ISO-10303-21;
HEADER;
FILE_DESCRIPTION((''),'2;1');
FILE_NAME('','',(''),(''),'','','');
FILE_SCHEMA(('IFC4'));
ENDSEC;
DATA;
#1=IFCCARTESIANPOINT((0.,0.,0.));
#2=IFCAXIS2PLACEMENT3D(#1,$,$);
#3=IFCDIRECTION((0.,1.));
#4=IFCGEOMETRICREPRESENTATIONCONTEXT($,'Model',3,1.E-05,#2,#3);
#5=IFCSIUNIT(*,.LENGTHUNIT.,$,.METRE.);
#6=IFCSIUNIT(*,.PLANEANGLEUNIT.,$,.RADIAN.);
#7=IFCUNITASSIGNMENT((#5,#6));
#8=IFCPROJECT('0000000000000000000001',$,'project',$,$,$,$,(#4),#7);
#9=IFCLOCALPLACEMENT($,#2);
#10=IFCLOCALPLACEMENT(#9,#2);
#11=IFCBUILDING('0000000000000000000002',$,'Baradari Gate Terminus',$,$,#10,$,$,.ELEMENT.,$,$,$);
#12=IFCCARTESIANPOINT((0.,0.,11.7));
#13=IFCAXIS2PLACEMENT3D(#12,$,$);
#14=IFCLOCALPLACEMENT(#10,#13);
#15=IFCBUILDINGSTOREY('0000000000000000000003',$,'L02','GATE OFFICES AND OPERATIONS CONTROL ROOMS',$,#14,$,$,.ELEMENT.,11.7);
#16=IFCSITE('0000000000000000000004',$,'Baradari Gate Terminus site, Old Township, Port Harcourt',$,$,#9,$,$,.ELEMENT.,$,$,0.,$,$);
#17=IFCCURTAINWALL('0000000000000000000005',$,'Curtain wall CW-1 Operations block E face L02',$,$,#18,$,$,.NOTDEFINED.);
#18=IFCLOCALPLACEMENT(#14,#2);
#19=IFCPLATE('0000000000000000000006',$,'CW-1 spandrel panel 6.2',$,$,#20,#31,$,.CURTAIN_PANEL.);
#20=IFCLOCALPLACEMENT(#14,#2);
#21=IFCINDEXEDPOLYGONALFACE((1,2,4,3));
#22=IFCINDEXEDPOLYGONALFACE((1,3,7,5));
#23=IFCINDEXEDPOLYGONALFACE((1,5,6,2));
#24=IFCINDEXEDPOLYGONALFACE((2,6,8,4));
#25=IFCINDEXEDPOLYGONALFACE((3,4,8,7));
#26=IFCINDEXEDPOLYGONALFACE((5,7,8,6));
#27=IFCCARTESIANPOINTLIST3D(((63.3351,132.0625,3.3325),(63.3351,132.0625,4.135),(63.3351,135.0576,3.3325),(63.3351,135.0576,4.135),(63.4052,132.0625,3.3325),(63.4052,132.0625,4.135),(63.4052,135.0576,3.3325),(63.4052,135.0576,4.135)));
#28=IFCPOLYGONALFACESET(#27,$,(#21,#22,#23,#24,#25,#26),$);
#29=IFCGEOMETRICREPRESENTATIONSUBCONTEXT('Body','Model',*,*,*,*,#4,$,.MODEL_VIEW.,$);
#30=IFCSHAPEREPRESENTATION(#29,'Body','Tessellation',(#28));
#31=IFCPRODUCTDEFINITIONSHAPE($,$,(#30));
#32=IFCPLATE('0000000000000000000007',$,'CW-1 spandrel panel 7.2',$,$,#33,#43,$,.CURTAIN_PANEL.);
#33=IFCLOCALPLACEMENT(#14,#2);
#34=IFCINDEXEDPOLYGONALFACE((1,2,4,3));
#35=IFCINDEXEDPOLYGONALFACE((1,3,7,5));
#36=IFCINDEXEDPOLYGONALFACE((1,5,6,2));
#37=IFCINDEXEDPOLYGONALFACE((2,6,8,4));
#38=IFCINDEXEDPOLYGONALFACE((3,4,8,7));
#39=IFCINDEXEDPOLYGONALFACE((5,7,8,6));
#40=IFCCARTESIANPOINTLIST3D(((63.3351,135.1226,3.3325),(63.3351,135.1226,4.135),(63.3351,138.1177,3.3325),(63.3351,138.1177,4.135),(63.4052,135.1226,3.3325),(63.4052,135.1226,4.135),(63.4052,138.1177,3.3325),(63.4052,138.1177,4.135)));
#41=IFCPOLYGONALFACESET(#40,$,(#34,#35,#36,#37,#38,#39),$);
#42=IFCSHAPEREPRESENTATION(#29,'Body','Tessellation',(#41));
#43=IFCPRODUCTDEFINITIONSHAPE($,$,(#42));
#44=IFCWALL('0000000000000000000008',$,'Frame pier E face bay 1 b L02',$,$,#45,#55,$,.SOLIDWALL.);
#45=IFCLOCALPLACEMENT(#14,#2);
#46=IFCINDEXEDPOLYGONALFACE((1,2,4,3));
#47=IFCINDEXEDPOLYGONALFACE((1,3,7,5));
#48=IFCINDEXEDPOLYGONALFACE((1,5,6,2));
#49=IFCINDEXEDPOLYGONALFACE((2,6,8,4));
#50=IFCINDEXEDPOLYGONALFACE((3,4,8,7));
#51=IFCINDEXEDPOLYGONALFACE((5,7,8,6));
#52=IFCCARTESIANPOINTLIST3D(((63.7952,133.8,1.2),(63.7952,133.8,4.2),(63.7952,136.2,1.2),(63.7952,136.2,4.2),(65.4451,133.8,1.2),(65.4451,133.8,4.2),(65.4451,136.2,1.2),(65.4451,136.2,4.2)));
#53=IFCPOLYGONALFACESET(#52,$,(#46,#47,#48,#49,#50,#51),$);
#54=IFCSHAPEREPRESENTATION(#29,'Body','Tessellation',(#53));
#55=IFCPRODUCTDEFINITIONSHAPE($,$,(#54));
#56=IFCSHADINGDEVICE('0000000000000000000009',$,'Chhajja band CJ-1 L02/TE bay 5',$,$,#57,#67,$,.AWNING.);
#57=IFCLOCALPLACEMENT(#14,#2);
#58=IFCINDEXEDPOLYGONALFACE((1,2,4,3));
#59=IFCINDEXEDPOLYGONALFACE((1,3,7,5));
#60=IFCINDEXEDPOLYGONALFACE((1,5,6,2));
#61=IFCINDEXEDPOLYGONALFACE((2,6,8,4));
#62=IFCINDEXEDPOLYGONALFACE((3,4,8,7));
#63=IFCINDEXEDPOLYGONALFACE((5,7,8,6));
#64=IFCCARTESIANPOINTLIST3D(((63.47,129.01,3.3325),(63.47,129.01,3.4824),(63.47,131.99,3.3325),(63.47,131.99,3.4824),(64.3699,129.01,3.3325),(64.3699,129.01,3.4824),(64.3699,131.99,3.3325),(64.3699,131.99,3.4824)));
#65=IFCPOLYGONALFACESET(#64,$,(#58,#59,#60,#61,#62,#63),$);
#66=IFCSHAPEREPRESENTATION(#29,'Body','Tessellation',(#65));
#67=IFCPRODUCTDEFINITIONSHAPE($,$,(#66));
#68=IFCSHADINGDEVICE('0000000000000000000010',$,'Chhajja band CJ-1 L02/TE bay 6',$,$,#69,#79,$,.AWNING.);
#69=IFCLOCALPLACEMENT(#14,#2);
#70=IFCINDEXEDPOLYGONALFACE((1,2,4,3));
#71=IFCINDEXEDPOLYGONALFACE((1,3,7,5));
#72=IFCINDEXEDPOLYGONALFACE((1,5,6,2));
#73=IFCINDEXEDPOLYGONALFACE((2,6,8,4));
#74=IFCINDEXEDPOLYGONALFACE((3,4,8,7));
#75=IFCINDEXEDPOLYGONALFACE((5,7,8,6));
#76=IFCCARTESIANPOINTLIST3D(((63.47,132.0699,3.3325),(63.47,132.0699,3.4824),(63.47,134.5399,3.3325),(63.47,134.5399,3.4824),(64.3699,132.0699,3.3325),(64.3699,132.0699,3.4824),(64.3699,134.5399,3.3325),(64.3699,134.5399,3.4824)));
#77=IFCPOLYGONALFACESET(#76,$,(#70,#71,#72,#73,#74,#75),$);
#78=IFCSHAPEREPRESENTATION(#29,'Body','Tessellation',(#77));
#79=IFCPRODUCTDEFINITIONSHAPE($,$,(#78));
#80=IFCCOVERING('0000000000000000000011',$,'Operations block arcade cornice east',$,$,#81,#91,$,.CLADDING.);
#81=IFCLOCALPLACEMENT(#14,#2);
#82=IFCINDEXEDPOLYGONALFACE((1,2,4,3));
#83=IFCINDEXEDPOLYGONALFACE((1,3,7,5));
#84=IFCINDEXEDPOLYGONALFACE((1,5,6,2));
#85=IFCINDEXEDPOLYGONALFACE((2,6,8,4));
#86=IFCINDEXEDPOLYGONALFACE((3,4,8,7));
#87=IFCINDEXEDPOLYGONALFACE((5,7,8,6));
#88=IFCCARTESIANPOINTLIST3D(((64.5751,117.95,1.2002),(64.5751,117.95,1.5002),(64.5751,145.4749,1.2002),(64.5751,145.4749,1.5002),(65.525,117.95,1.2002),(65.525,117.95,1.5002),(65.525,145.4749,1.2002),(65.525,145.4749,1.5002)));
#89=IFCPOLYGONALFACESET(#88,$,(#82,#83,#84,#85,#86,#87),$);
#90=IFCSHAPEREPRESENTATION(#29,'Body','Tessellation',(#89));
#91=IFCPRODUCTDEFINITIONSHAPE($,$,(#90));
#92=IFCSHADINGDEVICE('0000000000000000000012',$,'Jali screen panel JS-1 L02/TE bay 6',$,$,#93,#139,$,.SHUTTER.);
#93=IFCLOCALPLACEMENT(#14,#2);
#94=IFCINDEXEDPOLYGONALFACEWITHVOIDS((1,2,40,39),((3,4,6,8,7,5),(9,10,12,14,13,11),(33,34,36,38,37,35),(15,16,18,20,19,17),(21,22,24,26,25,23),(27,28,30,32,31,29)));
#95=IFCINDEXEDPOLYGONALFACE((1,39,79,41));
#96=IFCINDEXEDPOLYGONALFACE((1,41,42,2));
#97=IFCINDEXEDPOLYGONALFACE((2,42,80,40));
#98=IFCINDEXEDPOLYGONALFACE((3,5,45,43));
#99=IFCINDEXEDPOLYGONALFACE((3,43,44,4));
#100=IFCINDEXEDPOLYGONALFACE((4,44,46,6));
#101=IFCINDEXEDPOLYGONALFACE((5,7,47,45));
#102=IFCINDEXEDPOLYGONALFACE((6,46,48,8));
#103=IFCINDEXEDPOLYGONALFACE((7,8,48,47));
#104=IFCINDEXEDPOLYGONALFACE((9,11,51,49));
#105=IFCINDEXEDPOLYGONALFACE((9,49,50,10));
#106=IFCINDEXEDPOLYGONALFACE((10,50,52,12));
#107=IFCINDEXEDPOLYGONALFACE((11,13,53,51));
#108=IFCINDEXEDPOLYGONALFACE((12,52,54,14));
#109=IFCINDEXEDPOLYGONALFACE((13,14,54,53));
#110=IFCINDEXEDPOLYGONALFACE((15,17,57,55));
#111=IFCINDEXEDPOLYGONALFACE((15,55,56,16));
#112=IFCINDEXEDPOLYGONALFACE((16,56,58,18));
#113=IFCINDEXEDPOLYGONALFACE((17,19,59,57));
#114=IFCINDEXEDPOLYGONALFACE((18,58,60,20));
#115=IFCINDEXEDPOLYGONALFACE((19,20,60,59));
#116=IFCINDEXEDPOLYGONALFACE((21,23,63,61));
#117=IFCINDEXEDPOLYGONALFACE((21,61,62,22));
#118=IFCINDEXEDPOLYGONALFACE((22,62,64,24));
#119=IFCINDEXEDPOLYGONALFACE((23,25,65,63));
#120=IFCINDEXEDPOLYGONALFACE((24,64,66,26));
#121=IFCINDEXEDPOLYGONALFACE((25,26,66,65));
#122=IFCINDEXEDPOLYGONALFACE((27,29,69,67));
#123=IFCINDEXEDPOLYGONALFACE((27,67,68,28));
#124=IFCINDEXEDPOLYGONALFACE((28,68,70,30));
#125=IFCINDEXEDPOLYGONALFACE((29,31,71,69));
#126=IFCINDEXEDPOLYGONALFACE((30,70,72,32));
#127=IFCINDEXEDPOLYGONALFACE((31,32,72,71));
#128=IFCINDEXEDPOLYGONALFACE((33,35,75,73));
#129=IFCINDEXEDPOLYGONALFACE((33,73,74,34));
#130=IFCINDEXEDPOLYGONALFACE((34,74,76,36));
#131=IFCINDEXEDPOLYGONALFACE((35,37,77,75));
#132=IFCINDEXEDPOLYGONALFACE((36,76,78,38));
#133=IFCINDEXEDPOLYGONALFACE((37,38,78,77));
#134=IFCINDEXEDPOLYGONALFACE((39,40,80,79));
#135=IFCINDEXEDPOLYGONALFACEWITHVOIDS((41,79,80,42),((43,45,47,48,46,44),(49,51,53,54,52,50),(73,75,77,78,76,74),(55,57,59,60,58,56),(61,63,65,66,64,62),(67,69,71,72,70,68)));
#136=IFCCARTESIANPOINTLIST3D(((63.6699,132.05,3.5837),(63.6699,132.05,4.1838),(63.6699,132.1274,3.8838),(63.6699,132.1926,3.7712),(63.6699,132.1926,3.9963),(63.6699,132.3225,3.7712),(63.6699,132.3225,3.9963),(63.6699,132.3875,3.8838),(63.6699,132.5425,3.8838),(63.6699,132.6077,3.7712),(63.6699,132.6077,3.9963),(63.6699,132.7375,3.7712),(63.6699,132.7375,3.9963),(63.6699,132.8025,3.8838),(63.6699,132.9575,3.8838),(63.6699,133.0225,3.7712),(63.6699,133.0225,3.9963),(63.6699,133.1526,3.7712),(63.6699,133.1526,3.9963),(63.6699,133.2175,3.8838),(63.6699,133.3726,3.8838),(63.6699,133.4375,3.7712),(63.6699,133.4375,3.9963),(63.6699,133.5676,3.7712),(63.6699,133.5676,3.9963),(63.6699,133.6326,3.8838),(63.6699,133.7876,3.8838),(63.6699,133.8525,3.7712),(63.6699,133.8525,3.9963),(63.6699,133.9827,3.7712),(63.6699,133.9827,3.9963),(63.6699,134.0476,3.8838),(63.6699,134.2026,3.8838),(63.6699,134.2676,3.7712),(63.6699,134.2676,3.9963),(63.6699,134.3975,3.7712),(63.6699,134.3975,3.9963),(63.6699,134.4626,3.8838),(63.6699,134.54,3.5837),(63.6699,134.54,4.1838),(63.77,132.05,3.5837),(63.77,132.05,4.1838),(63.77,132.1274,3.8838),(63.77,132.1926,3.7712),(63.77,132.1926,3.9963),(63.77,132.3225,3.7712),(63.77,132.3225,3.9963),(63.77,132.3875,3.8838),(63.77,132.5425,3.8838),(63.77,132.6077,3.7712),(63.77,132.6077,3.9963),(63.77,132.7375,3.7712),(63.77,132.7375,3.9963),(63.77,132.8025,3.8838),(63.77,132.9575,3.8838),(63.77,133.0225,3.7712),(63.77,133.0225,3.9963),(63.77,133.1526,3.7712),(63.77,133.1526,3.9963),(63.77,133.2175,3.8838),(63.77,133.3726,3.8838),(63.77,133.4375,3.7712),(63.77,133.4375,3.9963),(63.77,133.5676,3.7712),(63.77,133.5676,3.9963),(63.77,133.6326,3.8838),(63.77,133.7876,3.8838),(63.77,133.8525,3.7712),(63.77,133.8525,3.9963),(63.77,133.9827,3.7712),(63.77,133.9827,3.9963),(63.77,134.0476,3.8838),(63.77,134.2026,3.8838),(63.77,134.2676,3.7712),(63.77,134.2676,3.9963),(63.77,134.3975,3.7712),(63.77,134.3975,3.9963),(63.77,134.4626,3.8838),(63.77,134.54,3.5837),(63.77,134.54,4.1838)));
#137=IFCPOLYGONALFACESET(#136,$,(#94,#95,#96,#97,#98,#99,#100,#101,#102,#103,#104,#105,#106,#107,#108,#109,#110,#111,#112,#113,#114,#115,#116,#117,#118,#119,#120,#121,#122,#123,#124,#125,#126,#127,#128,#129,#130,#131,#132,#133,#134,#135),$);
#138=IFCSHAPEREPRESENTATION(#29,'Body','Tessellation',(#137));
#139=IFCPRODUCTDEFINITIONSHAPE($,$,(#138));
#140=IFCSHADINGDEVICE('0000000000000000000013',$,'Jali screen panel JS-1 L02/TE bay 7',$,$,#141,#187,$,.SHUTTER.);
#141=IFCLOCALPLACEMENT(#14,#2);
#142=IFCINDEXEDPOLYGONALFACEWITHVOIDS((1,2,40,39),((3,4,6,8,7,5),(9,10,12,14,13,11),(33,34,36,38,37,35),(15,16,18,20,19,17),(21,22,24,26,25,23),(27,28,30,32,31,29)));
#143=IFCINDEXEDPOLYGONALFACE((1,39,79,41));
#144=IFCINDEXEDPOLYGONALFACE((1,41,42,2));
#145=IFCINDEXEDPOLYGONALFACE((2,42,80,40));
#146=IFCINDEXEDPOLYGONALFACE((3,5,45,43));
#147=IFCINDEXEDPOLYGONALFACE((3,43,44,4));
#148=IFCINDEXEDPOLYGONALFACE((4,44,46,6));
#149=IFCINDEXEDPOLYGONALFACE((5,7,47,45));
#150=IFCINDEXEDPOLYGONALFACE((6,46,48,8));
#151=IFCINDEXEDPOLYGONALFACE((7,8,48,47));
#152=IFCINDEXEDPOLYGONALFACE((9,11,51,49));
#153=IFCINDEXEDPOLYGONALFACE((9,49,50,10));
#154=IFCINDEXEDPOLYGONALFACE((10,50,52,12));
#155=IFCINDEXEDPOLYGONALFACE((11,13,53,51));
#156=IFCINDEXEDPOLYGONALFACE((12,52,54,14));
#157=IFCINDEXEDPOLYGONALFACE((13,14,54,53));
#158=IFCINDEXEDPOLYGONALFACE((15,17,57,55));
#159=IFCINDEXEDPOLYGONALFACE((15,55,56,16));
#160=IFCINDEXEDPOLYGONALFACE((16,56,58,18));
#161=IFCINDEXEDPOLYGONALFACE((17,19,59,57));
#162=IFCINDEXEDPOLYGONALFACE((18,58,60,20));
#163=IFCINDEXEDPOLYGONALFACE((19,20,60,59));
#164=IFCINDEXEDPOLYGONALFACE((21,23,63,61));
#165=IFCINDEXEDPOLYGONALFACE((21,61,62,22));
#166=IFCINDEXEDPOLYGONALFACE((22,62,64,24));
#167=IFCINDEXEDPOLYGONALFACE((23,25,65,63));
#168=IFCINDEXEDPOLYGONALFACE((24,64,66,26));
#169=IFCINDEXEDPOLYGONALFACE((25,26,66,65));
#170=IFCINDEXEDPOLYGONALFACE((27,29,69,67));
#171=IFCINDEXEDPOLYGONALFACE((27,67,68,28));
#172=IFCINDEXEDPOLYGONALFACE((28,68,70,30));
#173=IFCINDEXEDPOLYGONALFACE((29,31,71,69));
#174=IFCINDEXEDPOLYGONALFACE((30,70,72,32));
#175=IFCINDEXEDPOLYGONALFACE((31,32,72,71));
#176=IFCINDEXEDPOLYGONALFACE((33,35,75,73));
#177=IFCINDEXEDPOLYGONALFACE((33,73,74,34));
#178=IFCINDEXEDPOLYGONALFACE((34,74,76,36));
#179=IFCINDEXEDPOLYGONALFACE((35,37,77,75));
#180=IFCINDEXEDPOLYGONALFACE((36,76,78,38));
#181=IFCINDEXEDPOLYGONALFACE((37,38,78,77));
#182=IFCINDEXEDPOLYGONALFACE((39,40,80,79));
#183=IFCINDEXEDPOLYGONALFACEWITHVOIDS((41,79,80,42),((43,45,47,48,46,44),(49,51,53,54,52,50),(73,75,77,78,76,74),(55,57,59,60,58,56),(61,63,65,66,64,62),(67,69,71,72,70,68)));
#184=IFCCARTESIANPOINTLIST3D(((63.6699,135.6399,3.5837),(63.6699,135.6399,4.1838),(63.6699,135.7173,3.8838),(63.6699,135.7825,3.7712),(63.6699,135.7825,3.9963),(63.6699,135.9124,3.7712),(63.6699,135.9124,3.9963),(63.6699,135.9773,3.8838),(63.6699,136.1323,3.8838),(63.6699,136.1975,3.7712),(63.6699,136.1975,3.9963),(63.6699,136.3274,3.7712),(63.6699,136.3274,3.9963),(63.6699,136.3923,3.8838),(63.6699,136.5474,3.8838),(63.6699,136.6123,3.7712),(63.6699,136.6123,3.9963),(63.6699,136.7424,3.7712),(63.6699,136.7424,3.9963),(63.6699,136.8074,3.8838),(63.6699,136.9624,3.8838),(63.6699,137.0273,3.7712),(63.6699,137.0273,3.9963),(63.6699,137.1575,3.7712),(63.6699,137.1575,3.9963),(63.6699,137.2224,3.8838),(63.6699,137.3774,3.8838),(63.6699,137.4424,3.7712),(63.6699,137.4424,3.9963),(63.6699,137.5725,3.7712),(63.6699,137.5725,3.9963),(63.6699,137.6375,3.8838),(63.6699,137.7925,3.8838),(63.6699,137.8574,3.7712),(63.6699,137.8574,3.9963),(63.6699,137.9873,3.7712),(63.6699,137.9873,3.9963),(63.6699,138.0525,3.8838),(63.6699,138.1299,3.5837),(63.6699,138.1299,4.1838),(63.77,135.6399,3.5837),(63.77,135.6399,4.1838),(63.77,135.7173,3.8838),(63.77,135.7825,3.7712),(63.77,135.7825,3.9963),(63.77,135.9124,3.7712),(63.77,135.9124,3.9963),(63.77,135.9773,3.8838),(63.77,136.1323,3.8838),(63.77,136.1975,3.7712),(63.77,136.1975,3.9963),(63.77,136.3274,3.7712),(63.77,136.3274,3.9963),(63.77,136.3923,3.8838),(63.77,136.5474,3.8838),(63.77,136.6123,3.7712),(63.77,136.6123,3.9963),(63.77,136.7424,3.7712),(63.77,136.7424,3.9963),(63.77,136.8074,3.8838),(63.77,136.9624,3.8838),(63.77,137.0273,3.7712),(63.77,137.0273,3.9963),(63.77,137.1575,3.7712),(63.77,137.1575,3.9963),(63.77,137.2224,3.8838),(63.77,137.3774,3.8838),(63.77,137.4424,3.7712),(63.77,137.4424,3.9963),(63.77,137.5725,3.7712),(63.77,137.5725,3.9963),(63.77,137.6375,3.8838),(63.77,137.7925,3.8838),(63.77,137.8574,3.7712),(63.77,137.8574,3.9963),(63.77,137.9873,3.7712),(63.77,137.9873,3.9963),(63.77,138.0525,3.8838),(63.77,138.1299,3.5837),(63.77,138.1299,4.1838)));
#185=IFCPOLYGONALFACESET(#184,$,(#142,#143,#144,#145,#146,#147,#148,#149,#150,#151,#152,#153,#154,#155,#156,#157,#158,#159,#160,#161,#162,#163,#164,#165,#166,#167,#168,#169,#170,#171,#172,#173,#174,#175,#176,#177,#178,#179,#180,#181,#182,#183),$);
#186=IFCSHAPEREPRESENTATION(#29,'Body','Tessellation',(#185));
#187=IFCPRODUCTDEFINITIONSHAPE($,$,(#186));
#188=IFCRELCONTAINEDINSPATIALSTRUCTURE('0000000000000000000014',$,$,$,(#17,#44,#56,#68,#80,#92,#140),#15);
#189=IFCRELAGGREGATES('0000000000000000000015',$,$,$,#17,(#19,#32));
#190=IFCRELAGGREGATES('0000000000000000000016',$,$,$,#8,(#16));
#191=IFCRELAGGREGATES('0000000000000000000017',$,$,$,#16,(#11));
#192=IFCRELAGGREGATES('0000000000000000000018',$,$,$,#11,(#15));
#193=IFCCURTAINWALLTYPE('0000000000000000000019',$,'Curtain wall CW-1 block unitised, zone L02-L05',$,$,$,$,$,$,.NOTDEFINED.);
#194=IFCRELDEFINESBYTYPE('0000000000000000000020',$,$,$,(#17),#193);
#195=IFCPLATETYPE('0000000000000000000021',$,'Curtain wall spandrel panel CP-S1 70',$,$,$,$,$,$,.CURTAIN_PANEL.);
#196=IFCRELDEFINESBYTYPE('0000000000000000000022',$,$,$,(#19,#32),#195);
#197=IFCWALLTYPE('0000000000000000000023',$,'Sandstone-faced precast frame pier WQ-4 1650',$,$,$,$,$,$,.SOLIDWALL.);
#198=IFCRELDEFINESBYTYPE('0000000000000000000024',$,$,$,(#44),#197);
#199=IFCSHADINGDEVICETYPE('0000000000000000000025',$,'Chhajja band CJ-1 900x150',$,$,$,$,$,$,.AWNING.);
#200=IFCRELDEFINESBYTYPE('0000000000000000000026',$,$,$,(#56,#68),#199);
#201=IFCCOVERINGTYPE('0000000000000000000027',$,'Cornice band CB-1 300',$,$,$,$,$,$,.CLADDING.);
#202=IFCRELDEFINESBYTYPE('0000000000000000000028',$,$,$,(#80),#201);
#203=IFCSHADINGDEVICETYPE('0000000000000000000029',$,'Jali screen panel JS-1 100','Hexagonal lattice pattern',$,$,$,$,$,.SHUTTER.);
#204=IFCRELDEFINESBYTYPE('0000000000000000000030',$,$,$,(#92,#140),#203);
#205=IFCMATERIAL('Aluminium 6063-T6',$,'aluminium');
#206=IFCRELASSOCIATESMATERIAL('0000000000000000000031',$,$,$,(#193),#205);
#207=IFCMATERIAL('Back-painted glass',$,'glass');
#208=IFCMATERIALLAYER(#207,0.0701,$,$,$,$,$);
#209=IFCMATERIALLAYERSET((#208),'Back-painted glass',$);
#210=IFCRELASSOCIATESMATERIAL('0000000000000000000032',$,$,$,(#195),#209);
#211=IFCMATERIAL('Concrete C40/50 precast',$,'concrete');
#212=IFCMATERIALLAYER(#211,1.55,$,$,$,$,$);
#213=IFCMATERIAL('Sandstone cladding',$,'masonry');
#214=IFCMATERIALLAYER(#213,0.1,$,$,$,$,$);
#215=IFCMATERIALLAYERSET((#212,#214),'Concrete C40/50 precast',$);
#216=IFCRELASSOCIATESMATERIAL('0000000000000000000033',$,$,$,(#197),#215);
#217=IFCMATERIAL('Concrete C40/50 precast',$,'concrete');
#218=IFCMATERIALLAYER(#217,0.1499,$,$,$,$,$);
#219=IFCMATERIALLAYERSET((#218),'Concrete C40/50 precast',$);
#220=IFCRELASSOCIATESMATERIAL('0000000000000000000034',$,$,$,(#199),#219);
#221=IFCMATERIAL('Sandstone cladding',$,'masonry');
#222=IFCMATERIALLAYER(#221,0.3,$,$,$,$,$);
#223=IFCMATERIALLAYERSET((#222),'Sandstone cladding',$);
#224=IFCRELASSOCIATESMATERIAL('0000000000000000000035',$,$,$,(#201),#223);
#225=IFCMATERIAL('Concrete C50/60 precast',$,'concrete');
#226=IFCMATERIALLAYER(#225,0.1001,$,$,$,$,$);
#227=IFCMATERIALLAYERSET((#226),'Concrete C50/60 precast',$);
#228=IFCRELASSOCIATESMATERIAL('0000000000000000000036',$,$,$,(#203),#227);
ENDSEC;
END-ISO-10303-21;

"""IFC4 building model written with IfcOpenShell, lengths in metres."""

from ifc_helpers import new_model, si_unit, direction, frame, frame_2d, origin, origin_2d, place, context, subcontext, project, spatial, polyline, rectangle, outline, extrude, material, layer, layer_set, type_object, element, aggregate, save


model = new_model("IFC4")

# Units and contexts
model_context = context("Model", 3, precision=1e-05, world=origin(), true_north=direction((0.0, 1.0)))
body_context = subcontext(model_context, "Body", "Model", "MODEL_VIEW")
ifc_project = project(units=[si_unit("LENGTHUNIT", "METRE"), si_unit("PLANEANGLEUNIT", "RADIAN")], contexts=[model_context])

# Site, building, storey
site_placement = place(None, origin())
site = spatial("IfcSite", under=ifc_project, at=site_placement, Name="Baradari Gate Terminus site, Old Township, Port Harcourt", CompositionType="ELEMENT", RefElevation=0.0)
building_placement = place(site_placement, origin())
building = spatial("IfcBuilding", under=site, at=building_placement, Name="Baradari Gate Terminus", CompositionType="ELEMENT")
storey_placement = place(building_placement, frame((0.0, 0.0, 11.7)))
storey = spatial("IfcBuildingStorey", under=building, at=storey_placement, Name="L02", Description="GATE OFFICES AND OPERATIONS CONTROL ROOMS", CompositionType="ELEMENT", Elevation=11.7)

# Curtain wall, plates
ifc_material_1 = material(Name="Aluminium 6063-T6", Category="aluminium")
curtain_wall_type = type_object("IfcCurtainWallType", Name="Curtain wall CW-1 block unitised, zone L02-L05", PredefinedType="NOTDEFINED", material=ifc_material_1)
curtain_wall_placement = place(storey_placement, origin())
curtain_wall = element("IfcCurtainWall", 1, at=curtain_wall_placement, inside=storey, type_object=curtain_wall_type, Name="Curtain wall CW-1 Operations block E face L02", PredefinedType="NOTDEFINED")
ifc_material_2 = material(Name="Back-painted glass", Category="glass")
ifc_layer_1 = layer(ifc_material_2, 0.0701)
ifc_layer_set_1 = layer_set([ifc_layer_1], Name="Back-painted glass")
plate_type_1 = type_object("IfcPlateType", Name="Curtain wall spandrel panel CP-S1 70", PredefinedType="CURTAIN_PANEL", material=ifc_layer_set_1)
plate_1_placement = place(storey_placement, frame((63.3701, 133.5601, 3.3325), z_axis=(0.0, 0.0, 1.0), x_axis=(0.0, 1.0, 0.0)))
plate_1 = element("IfcPlate", 2, at=plate_1_placement, type_object=plate_type_1, Name="CW-1 spandrel panel 6.2", PredefinedType="CURTAIN_PANEL", context=body_context, shape_type="SweptSolid", body=[
    extrude(rectangle(XDim=2.9951, YDim=0.0701, at=origin_2d()), origin(), (0.0, 0.0, 1.0), 0.8025),
])
plate_2_placement = place(storey_placement, frame((63.3701, 136.6201, 3.3325), z_axis=(0.0, 0.0, 1.0), x_axis=(0.0, 1.0, 0.0)))
plate_2 = element("IfcPlate", 3, at=plate_2_placement, type_object=plate_type_1, Name="CW-1 spandrel panel 7.2", PredefinedType="CURTAIN_PANEL", context=body_context, shape_type="SweptSolid", body=[
    extrude(rectangle(XDim=2.9951, YDim=0.0701, at=origin_2d()), origin(), (0.0, 0.0, 1.0), 0.8025),
])
aggregate(curtain_wall, [plate_1, plate_2])

# Wall
ifc_material_3 = material(Name="Concrete C40/50 precast", Category="concrete")
ifc_layer_2 = layer(ifc_material_3, 1.55)
ifc_material_4 = material(Name="Sandstone cladding", Category="masonry")
ifc_layer_3 = layer(ifc_material_4, 0.1)
ifc_layer_set_2 = layer_set([ifc_layer_2, ifc_layer_3], Name="Concrete C40/50 precast")
wall_type = type_object("IfcWallType", Name="Sandstone-faced precast frame pier WQ-4 1650", PredefinedType="SOLIDWALL", material=ifc_layer_set_2)
wall_placement = place(storey_placement, frame((64.6201, 133.8, 1.2), z_axis=(0.0, 0.0, 1.0), x_axis=(0.0, 1.0, 0.0)))
element("IfcWall", 4, at=wall_placement, inside=storey, type_object=wall_type, Name="Frame pier E face bay 1 b L02", PredefinedType="SOLIDWALL", context=body_context, shape_type="SweptSolid", body=[
    extrude(rectangle(XDim=2.3999, YDim=1.6499, at=frame_2d((1.2, 0.0))), origin(), (0.0, 0.0, 1.0), 3.0),
])

# Shading devices
ifc_material_5 = material(Name="Concrete C40/50 precast", Category="concrete")
ifc_layer_4 = layer(ifc_material_5, 0.1499)
ifc_layer_set_3 = layer_set([ifc_layer_4], Name="Concrete C40/50 precast")
shading_device_type_1 = type_object("IfcShadingDeviceType", Name="Chhajja band CJ-1 900x150", PredefinedType="AWNING", material=ifc_layer_set_3)
shading_device_1_placement = place(storey_placement, frame((63.9199, 130.5, 3.3325), z_axis=(0.0, 0.0, 1.0), x_axis=(0.0, 1.0, 0.0)))
element("IfcShadingDevice", 5, at=shading_device_1_placement, inside=storey, type_object=shading_device_type_1, Name="Chhajja band CJ-1 L02/TE bay 5", PredefinedType="AWNING", context=body_context, shape_type="SweptSolid", body=[
    extrude(rectangle(XDim=2.98, YDim=0.8999, at=origin_2d()), origin(), (0.0, 0.0, 1.0), 0.1499),
])
shading_device_2_placement = place(storey_placement, frame((63.9199, 133.3049, 3.3325), z_axis=(0.0, 0.0, 1.0), x_axis=(0.0, 1.0, 0.0)))
element("IfcShadingDevice", 6, at=shading_device_2_placement, inside=storey, type_object=shading_device_type_1, Name="Chhajja band CJ-1 L02/TE bay 6", PredefinedType="AWNING", context=body_context, shape_type="SweptSolid", body=[
    extrude(rectangle(XDim=2.47, YDim=0.8999, at=origin_2d()), origin(), (0.0, 0.0, 1.0), 0.1499),
])

# Covering
ifc_material_6 = material(Name="Sandstone cladding", Category="masonry")
ifc_layer_5 = layer(ifc_material_6, 0.3)
ifc_layer_set_4 = layer_set([ifc_layer_5], Name="Sandstone cladding")
covering_type = type_object("IfcCoveringType", Name="Cornice band CB-1 300", PredefinedType="CLADDING", material=ifc_layer_set_4)
covering_placement = place(storey_placement, frame((65.05, 131.7124, 1.2002), z_axis=(0.0, 0.0, 1.0), x_axis=(1.0, 0.0, 0.0)))
element("IfcCovering", 7, at=covering_placement, inside=storey, type_object=covering_type, Name="Operations block arcade cornice east", PredefinedType="CLADDING", context=body_context, shape_type="SweptSolid", body=[
    extrude(rectangle(XDim=0.95, YDim=27.5249, at=origin_2d()), origin(), (0.0, 0.0, 1.0), 0.3),
])

# Shading devices
ifc_material_7 = material(Name="Concrete C50/60 precast", Category="concrete")
ifc_layer_6 = layer(ifc_material_7, 0.1001)
ifc_layer_set_5 = layer_set([ifc_layer_6], Name="Concrete C50/60 precast")
shading_device_type_2 = type_object("IfcShadingDeviceType", Name="Jali screen panel JS-1 100", Description="Hexagonal lattice pattern", PredefinedType="SHUTTER", material=ifc_layer_set_5)
for number, where, z_axis, x_axis, name in (
    (8, (63.72, 132.05, 3.5837), (0.0, 0.0, 1.0), (0.0, 1.0, 0.0), "Jali screen panel JS-1 L02/TE bay 6"),
    (9, (63.72, 135.6399, 3.5837), (0.0, 0.0, 1.0), (0.0, 1.0, 0.0), "Jali screen panel JS-1 L02/TE bay 7"),
):
    element("IfcShadingDevice", number, at=place(storey_placement, frame(where, z_axis=z_axis, x_axis=x_axis)), inside=storey, type_object=shading_device_type_2, Name=name, PredefinedType="SHUTTER", context=body_context, shape_type="SweptSolid", body=[
        extrude(outline(polyline([(0.0, 0.0), (2.49, 0.0), (2.49, 0.6001), (0.0, 0.6001), (0.0, 0.0)]), holes=[polyline([(0.3374, 0.3), (0.2725, 0.1875), (0.1426, 0.1875), (0.0774, 0.3), (0.1426, 0.4126), (0.2725, 0.4126), (0.3374, 0.3)]), polyline([(0.7524, 0.3), (0.6875, 0.1875), (0.5576, 0.1875), (0.4924, 0.3), (0.5576, 0.4126), (0.6875, 0.4126), (0.7524, 0.3)]), polyline([(1.1675, 0.3), (1.1025, 0.1875), (0.9724, 0.1875), (0.9075, 0.3), (0.9724, 0.4126), (1.1025, 0.4126), (1.1675, 0.3)]), polyline([(1.5825, 0.3), (1.5176, 0.1875), (1.3875, 0.1875), (1.3225, 0.3), (1.3875, 0.4126), (1.5176, 0.4126), (1.5825, 0.3)]), polyline([(1.9976, 0.3), (1.9326, 0.1875), (1.8025, 0.1875), (1.7375, 0.3), (1.8025, 0.4126), (1.9326, 0.4126), (1.9976, 0.3)]), polyline([(2.4126, 0.3), (2.3474, 0.1875), (2.2175, 0.1875), (2.1526, 0.3), (2.2175, 0.4126), (2.3474, 0.4126), (2.4126, 0.3)])]), frame((0.0, 0.05, 0.0), z_axis=(0.0, -1.0, 0.0), x_axis=(1.0, 0.0, 0.0)), (0.0, 0.0, 1.0), 0.1001),
    ])

save(model, "model.ifc")
